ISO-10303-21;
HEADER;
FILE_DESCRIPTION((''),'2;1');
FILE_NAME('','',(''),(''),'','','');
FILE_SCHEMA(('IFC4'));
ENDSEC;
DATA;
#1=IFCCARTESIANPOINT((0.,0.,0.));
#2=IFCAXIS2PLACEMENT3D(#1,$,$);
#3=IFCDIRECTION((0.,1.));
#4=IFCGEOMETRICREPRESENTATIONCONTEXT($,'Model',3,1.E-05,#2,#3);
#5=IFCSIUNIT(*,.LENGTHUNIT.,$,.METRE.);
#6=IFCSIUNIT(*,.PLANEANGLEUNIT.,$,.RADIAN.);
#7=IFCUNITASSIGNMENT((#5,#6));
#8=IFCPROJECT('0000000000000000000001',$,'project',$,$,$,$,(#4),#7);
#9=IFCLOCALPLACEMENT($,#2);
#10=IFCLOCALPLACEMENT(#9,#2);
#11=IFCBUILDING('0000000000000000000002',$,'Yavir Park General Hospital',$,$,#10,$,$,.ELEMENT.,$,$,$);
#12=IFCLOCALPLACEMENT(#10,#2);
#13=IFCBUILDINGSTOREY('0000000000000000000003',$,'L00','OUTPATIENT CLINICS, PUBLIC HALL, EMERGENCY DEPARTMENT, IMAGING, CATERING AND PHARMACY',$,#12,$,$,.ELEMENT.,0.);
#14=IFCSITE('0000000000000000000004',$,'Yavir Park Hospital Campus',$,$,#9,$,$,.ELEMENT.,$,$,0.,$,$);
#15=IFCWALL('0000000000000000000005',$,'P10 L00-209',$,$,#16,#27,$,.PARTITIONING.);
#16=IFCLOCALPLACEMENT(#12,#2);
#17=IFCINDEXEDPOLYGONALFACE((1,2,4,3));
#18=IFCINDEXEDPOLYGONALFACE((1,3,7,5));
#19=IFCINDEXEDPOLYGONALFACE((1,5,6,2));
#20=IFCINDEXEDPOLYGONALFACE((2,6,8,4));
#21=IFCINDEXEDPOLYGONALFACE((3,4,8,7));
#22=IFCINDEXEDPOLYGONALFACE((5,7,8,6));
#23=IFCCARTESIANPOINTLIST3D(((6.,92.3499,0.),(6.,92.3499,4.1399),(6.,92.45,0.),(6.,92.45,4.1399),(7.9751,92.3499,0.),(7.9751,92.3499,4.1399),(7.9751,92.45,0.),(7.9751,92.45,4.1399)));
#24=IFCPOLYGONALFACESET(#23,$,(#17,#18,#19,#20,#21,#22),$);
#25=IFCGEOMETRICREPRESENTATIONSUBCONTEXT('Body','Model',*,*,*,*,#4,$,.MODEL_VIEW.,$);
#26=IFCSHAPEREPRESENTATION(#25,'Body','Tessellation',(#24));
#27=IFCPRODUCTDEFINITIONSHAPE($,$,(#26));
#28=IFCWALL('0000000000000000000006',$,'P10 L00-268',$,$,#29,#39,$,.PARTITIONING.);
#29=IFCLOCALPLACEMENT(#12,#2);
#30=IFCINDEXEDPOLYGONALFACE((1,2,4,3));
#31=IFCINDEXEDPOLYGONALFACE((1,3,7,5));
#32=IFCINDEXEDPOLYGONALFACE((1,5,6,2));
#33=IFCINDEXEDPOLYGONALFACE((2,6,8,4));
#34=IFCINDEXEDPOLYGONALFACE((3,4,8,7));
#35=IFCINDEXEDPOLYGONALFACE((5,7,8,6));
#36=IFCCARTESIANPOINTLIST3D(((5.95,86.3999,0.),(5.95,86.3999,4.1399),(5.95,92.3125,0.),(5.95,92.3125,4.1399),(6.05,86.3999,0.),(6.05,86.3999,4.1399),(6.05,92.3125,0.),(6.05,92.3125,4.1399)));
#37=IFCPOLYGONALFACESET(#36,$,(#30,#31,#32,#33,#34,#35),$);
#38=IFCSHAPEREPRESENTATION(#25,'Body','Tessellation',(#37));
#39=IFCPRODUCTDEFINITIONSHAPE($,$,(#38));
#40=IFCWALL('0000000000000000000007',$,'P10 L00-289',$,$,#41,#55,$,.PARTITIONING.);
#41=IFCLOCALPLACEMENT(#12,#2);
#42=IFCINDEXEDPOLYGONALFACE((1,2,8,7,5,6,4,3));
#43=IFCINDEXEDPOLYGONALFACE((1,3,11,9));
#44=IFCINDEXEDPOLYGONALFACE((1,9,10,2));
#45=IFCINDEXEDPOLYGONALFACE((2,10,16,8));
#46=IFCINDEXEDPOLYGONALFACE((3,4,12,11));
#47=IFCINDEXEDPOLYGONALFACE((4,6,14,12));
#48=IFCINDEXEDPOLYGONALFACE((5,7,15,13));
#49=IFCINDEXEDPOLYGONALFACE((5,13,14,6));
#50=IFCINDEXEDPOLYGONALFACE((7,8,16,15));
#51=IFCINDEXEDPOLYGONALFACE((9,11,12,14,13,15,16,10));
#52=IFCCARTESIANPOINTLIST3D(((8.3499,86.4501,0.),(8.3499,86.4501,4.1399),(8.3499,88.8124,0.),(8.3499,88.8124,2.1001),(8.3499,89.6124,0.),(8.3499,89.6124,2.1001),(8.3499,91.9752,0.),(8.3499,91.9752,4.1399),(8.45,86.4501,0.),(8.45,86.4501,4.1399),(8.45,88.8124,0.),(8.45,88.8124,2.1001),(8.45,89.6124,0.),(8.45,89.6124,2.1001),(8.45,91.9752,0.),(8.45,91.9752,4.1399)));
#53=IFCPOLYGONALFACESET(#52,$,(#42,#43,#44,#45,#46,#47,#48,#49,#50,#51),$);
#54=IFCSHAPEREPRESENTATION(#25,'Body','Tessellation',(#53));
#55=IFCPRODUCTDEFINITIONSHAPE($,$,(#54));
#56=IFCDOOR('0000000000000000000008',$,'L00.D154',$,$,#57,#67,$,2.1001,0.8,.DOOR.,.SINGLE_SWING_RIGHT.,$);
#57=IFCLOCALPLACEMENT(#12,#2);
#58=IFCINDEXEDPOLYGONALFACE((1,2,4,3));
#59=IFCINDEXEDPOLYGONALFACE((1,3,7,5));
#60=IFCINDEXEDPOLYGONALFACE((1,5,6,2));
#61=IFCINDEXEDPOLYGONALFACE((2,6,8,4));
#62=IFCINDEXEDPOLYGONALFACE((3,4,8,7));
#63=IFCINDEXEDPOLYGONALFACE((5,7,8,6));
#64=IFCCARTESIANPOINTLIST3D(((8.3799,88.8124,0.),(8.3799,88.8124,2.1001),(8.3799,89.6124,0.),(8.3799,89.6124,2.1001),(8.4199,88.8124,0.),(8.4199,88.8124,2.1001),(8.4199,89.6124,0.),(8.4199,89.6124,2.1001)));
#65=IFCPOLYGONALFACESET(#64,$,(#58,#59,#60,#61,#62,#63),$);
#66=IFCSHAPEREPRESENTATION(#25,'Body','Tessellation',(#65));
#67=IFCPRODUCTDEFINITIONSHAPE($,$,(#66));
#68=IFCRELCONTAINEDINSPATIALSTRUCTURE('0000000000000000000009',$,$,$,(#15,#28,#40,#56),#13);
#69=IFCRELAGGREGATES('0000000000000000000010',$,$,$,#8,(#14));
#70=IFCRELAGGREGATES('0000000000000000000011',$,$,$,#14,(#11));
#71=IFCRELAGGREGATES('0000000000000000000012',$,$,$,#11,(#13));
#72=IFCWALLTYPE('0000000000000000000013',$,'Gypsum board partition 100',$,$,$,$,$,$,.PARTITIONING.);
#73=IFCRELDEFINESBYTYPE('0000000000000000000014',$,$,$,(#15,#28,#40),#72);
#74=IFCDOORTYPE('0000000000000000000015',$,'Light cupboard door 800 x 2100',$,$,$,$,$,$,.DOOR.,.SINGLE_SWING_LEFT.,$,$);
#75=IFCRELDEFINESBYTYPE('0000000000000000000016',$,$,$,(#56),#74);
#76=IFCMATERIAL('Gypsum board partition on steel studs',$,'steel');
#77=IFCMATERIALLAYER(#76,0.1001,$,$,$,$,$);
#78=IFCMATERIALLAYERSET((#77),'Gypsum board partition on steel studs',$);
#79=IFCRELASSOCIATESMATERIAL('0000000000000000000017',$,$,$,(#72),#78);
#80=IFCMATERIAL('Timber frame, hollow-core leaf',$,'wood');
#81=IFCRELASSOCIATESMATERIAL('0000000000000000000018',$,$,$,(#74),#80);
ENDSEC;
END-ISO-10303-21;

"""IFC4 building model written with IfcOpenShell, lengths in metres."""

from ifc_helpers import new_model, si_unit, direction, frame, frame_2d, origin, place, context, subcontext, project, spatial, rectangle, extrude, material, layer, layer_set, type_object, element, fill, save


model = new_model("IFC4")

# Units and contexts
model_context = context("Model", 3, precision=1e-05, world=origin(), true_north=direction((0.0, 1.0)))
body_context = subcontext(model_context, "Body", "Model", "MODEL_VIEW")
ifc_project = project(units=[si_unit("LENGTHUNIT", "METRE"), si_unit("PLANEANGLEUNIT", "RADIAN")], contexts=[model_context])

# Site, building, storey
site_placement = place(None, origin())
site = spatial("IfcSite", under=ifc_project, at=site_placement, Name="Yavir Park Hospital Campus", CompositionType="ELEMENT", RefElevation=0.0)
building_placement = place(site_placement, origin())
building = spatial("IfcBuilding", under=site, at=building_placement, Name="Yavir Park General Hospital", CompositionType="ELEMENT")
storey_placement = place(building_placement, origin())
storey = spatial("IfcBuildingStorey", under=building, at=storey_placement, Name="L00", Description="OUTPATIENT CLINICS, PUBLIC HALL, EMERGENCY DEPARTMENT, IMAGING, CATERING AND PHARMACY", CompositionType="ELEMENT", Elevation=0.0)

# Walls
ifc_material_1 = material(Name="Gypsum board partition on steel studs", Category="steel")
ifc_layer_1 = layer(ifc_material_1, 0.1001)
ifc_layer_set_1 = layer_set([ifc_layer_1], Name="Gypsum board partition on steel studs")
wall_type_1 = type_object("IfcWallType", Name="Gypsum board partition 100", PredefinedType="PARTITIONING", material=ifc_layer_set_1)
wall_1_placement = place(storey_placement, frame((6.0, 92.3999, 0.0), z_axis=(0.0, 0.0, 1.0), x_axis=(1.0, 0.0, 0.0)))
element("IfcWall", 1, at=wall_1_placement, inside=storey, type_object=wall_type_1, Name="P10 L00-209", PredefinedType="PARTITIONING", context=body_context, shape_type="SweptSolid", body=[
    extrude(rectangle(XDim=1.9751, YDim=0.1001, at=frame_2d((0.9875, 0.0))), origin(), (0.0, 0.0, 1.0), 4.1399),
])
wall_2_placement = place(storey_placement, frame((6.0, 86.3999, 0.0), z_axis=(0.0, 0.0, 1.0), x_axis=(0.0, 1.0, 0.0)))
element("IfcWall", 2, at=wall_2_placement, inside=storey, type_object=wall_type_1, Name="P10 L00-268", PredefinedType="PARTITIONING", context=body_context, shape_type="SweptSolid", body=[
    extrude(rectangle(XDim=5.9126, YDim=0.1001, at=frame_2d((2.9563, 0.0))), origin(), (0.0, 0.0, 1.0), 4.1399),
])

# Wall, opening, door
wall_3_placement = place(storey_placement, frame((8.3999, 86.45, 0.0), z_axis=(0.0, 0.0, 1.0), x_axis=(0.0, 1.0, 0.0)))
wall_3 = element("IfcWall", 3, at=wall_3_placement, inside=storey, type_object=wall_type_1, Name="P10 L00-289", PredefinedType="PARTITIONING", context=body_context, shape_type="SweptSolid", body=[
    extrude(rectangle(XDim=5.5251, YDim=0.1001, at=frame_2d((2.7627, 0.0))), origin(), (0.0, 0.0, 1.0), 4.1399),
])
opening_1_placement = place(wall_3_placement, frame((2.3625, 0.0, 0.0)))
opening_1 = element("IfcOpeningElement", 4, at=opening_1_placement, cuts=wall_3, PredefinedType="OPENING", context=body_context, shape_type="SweptSolid", body=[
    extrude(rectangle(XDim=0.8, YDim=2.1001, at=frame_2d((0.3999, 1.05))), frame((0.0, 0.0601, 0.0), z_axis=(0.0, -1.0, 0.0), x_axis=(1.0, 0.0, 0.0)), (0.0, 0.0, 1.0), 0.1201),
])
ifc_material_2 = material(Name="Timber frame, hollow-core leaf", Category="wood")
door_type_1 = type_object("IfcDoorType", Name="Light cupboard door 800 x 2100", OperationType="SINGLE_SWING_LEFT", PredefinedType="DOOR", material=ifc_material_2)
door_1_placement = place(opening_1_placement, origin())
door_1 = element("IfcDoor", 5, at=door_1_placement, inside=storey, type_object=door_type_1, Name="L00.D154", OperationType="SINGLE_SWING_RIGHT", OverallHeight=2.1001, OverallWidth=0.8, PredefinedType="DOOR", context=body_context, shape_type="SweptSolid", body=[
    extrude(rectangle(XDim=0.8, YDim=2.1001, at=frame_2d((0.3999, 1.05))), frame((0.0, 0.02, 0.0), z_axis=(0.0, -1.0, 0.0), x_axis=(1.0, 0.0, 0.0)), (0.0, 0.0, 1.0), 0.04),
])
fill(opening_1, door_1)

save(model, "model.ifc")
